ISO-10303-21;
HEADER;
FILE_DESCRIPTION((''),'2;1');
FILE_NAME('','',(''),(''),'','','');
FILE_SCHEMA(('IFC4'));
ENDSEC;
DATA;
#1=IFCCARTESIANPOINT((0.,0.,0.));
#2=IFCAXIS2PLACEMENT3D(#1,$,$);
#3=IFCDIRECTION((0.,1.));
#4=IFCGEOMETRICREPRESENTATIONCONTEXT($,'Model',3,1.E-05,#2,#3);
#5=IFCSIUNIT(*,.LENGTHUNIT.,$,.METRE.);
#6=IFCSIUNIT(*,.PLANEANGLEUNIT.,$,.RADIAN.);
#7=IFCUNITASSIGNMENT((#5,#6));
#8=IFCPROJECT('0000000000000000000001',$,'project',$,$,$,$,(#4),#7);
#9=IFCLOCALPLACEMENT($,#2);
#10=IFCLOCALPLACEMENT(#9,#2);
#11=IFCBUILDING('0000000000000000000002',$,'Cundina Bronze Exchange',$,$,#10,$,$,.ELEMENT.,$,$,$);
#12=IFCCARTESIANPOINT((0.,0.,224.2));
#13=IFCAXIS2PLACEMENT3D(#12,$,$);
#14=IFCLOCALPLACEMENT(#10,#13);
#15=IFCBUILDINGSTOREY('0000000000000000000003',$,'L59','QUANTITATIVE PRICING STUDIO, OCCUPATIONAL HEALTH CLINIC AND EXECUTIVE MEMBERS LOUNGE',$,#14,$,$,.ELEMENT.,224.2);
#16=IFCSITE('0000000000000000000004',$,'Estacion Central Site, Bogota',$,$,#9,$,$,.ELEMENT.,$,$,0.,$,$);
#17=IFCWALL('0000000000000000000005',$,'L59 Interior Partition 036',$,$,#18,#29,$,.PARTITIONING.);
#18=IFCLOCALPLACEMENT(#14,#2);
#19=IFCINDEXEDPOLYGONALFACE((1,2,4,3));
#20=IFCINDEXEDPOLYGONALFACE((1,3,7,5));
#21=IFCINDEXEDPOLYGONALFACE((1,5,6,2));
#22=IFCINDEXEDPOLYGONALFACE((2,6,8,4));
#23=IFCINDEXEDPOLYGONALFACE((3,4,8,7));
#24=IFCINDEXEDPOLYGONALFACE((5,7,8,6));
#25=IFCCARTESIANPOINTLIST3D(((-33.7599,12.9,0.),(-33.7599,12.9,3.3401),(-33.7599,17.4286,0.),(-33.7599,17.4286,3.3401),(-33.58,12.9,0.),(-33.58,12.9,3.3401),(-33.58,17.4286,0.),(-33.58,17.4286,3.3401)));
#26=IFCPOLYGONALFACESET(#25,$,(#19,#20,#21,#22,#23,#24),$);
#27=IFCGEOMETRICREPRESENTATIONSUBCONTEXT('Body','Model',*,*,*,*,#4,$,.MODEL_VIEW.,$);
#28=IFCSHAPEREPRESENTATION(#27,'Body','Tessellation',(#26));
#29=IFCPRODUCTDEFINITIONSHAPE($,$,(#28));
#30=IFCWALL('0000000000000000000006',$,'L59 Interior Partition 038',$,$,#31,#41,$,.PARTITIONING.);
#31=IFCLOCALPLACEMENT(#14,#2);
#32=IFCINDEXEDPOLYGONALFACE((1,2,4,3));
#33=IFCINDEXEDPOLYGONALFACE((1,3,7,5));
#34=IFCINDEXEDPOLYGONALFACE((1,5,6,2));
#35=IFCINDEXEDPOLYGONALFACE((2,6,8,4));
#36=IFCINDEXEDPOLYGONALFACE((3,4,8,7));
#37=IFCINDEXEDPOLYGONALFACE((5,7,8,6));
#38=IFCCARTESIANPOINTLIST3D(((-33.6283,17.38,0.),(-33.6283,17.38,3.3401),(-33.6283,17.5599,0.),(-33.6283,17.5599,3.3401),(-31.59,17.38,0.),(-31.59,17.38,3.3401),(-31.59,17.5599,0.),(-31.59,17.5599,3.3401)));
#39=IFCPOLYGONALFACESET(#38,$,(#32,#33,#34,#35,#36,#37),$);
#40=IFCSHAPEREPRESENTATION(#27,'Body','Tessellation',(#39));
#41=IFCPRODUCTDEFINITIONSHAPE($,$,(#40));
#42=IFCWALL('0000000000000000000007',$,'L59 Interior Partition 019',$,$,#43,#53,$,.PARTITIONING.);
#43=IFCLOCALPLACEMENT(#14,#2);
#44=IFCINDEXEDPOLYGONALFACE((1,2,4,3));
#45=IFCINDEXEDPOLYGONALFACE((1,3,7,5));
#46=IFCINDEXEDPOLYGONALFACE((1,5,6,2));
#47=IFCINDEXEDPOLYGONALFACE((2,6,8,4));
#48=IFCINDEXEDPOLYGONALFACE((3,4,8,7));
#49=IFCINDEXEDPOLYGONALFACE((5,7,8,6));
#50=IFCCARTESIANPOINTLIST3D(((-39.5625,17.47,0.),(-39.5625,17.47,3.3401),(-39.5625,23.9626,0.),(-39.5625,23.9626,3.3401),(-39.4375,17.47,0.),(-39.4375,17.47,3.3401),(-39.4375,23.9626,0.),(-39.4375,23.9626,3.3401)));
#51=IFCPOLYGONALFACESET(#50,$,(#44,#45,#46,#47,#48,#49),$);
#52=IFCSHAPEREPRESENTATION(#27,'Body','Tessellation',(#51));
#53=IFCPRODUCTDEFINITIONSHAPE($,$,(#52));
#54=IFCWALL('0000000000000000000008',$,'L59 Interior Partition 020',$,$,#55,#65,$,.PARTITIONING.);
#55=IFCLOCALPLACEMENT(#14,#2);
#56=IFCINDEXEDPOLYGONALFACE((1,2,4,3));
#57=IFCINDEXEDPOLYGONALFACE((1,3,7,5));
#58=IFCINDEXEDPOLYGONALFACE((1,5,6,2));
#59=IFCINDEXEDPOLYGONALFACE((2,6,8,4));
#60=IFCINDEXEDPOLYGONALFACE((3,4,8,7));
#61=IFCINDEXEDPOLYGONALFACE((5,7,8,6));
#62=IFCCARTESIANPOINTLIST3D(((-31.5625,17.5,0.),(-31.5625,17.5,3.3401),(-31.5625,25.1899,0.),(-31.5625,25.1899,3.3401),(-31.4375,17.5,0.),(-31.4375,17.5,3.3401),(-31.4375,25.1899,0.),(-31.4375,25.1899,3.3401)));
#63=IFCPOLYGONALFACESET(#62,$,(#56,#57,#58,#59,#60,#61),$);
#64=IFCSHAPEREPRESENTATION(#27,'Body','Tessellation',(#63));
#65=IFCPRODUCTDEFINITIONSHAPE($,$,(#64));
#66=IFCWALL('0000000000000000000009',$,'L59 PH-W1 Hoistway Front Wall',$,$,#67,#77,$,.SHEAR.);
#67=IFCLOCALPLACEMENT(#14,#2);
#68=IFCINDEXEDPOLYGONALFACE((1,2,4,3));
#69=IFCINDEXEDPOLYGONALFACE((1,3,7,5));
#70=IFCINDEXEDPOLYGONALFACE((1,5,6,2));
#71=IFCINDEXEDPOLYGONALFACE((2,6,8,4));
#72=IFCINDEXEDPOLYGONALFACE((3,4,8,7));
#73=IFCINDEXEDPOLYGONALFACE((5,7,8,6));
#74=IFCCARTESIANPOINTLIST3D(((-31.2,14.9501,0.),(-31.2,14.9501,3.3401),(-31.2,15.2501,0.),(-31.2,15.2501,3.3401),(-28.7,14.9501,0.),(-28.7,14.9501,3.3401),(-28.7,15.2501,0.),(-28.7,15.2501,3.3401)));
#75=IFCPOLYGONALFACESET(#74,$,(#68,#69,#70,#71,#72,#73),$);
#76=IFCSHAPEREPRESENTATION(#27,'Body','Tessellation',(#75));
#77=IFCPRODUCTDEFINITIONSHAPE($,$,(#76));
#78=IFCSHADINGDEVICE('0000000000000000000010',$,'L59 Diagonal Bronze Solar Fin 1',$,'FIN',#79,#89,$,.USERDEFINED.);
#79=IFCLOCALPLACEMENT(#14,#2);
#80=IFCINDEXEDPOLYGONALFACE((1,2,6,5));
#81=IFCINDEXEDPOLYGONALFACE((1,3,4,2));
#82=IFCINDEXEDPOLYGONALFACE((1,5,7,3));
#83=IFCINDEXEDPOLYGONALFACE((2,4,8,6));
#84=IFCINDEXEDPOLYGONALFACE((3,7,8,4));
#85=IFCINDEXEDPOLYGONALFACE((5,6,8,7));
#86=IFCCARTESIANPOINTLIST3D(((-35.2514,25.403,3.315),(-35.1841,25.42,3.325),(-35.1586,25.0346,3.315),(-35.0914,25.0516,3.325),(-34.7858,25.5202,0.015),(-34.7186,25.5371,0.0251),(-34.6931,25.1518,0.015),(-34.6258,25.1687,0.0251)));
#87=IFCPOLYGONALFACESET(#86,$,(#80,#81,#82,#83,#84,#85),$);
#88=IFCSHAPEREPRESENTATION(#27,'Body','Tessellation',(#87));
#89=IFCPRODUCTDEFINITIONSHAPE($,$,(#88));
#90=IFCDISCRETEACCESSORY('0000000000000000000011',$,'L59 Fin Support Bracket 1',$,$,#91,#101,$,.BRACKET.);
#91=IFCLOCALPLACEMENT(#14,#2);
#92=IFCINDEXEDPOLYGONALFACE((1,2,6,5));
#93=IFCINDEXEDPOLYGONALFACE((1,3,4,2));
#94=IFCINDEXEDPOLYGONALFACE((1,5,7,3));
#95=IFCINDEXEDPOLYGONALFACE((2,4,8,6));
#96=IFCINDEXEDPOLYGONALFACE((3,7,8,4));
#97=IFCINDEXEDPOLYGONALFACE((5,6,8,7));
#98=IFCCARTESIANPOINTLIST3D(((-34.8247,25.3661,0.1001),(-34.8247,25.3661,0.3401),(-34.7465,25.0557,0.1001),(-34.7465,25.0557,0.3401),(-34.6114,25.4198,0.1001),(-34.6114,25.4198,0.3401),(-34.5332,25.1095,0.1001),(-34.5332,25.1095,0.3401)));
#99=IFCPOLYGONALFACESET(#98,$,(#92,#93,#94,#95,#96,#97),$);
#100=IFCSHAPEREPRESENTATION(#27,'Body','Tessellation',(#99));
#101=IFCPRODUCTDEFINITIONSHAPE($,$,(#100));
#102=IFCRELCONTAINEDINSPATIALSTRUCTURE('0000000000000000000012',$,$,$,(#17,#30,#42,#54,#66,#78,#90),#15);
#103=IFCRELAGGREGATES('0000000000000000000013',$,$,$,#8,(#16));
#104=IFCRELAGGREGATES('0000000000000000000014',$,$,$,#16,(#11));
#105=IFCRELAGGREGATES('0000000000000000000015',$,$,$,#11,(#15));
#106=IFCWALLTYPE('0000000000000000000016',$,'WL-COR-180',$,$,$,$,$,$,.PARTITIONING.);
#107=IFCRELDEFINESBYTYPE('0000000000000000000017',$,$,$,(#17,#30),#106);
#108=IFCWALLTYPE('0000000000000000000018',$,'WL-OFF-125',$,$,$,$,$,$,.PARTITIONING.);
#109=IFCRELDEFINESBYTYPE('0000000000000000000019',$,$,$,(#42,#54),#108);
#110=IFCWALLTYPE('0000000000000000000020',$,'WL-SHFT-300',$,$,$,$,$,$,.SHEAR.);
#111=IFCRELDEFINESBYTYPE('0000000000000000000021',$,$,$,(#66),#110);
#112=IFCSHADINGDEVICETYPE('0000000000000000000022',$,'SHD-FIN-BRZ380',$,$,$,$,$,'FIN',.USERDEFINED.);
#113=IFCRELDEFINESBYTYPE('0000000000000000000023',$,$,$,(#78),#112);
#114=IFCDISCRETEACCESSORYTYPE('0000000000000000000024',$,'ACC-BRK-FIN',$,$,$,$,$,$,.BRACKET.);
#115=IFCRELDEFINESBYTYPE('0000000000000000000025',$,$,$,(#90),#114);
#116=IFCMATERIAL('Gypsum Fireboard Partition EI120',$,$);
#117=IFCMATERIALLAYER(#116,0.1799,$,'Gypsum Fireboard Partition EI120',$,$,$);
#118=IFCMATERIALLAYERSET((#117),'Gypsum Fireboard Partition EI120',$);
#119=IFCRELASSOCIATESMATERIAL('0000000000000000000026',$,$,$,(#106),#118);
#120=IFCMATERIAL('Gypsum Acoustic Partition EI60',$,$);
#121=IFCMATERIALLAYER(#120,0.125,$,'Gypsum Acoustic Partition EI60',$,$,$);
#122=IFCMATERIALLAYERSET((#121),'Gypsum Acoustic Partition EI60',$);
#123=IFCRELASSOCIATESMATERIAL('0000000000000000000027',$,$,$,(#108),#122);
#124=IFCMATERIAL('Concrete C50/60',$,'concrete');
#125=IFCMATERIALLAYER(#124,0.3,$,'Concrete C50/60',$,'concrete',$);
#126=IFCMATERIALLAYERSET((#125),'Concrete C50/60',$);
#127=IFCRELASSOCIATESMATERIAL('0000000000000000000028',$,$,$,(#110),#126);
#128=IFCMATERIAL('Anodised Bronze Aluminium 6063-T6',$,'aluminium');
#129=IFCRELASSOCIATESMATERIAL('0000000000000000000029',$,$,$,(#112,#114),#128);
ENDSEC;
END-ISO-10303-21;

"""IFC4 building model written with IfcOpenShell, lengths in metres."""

from ifc_helpers import new_model, si_unit, direction, frame, frame_2d, origin, origin_2d, place, context, subcontext, project, spatial, rectangle, extrude, material, layer, layer_set, material_profile, profile_set, type_object, element, save


model = new_model("IFC4")

# Units and contexts
model_context = context("Model", 3, precision=1e-05, world=origin(), true_north=direction((0.0, 1.0)))
body_context = subcontext(model_context, "Body", "Model", "MODEL_VIEW")
ifc_project = project(units=[si_unit("LENGTHUNIT", "METRE"), si_unit("PLANEANGLEUNIT", "RADIAN")], contexts=[model_context])

# Site, building, storey
site_placement = place(None, origin())
site = spatial("IfcSite", under=ifc_project, at=site_placement, Name="Estacion Central Site, Bogota", CompositionType="ELEMENT", RefElevation=0.0)
building_placement = place(site_placement, origin())
building = spatial("IfcBuilding", under=site, at=building_placement, Name="Cundina Bronze Exchange", CompositionType="ELEMENT")
storey_placement = place(building_placement, frame((0.0, 0.0, 224.2)))
storey = spatial("IfcBuildingStorey", under=building, at=storey_placement, Name="L59", Description="QUANTITATIVE PRICING STUDIO, OCCUPATIONAL HEALTH CLINIC AND EXECUTIVE MEMBERS LOUNGE", CompositionType="ELEMENT", Elevation=224.2)

# Shared definitions
ifc_material_1 = material(Name="Concrete C50/60", Category="concrete")

# Shared definitions
ifc_material_2 = material(Name="Anodised Bronze Aluminium 6063-T6", Category="aluminium")

# Walls
ifc_material_3 = material(Name="Gypsum Fireboard Partition EI120")
ifc_layer_1 = layer(ifc_material_3, 0.1799, Name="Gypsum Fireboard Partition EI120")
ifc_layer_set_1 = layer_set([ifc_layer_1], Name="Gypsum Fireboard Partition EI120")
wall_type_1 = type_object("IfcWallType", Name="WL-COR-180", PredefinedType="PARTITIONING", material=ifc_layer_set_1)
wall_1_placement = place(storey_placement, frame((-33.6699, 17.4285, 0.0), z_axis=(0.0, 0.0, 1.0), x_axis=(0.0, -1.0, 0.0)))
element("IfcWall", 1, at=wall_1_placement, inside=storey, type_object=wall_type_1, Name="L59 Interior Partition 036", PredefinedType="PARTITIONING", context=body_context, shape_type="SweptSolid", body=[
    extrude(rectangle(XDim=4.5286, YDim=0.1799, at=frame_2d((2.2642, 0.0))), origin(), (0.0, 0.0, 1.0), 3.3401),
])
wall_2_placement = place(storey_placement, frame((-31.5901, 17.47, 0.0), z_axis=(0.0, 0.0, 1.0), x_axis=(-1.0, 0.0, 0.0)))
element("IfcWall", 2, at=wall_2_placement, inside=storey, type_object=wall_type_1, Name="L59 Interior Partition 038", PredefinedType="PARTITIONING", context=body_context, shape_type="SweptSolid", body=[
    extrude(rectangle(XDim=2.0383, YDim=0.1799, at=frame_2d((1.019, 0.0))), origin(), (0.0, 0.0, 1.0), 3.3401),
])
ifc_material_4 = material(Name="Gypsum Acoustic Partition EI60")
ifc_layer_2 = layer(ifc_material_4, 0.125, Name="Gypsum Acoustic Partition EI60")
ifc_layer_set_2 = layer_set([ifc_layer_2], Name="Gypsum Acoustic Partition EI60")
wall_type_2 = type_object("IfcWallType", Name="WL-OFF-125", PredefinedType="PARTITIONING", material=ifc_layer_set_2)
wall_3_placement = place(storey_placement, frame((-39.5, 17.47, 0.0), z_axis=(0.0, 0.0, 1.0), x_axis=(0.0, 1.0, 0.0)))
element("IfcWall", 3, at=wall_3_placement, inside=storey, type_object=wall_type_2, Name="L59 Interior Partition 019", PredefinedType="PARTITIONING", context=body_context, shape_type="SweptSolid", body=[
    extrude(rectangle(XDim=6.4927, YDim=0.125, at=frame_2d((3.2463, 0.0))), origin(), (0.0, 0.0, 1.0), 3.3401),
])
wall_4_placement = place(storey_placement, frame((-31.5, 17.5, 0.0), z_axis=(0.0, 0.0, 1.0), x_axis=(0.0, 1.0, 0.0)))
element("IfcWall", 4, at=wall_4_placement, inside=storey, type_object=wall_type_2, Name="L59 Interior Partition 020", PredefinedType="PARTITIONING", context=body_context, shape_type="SweptSolid", body=[
    extrude(rectangle(XDim=7.6899, YDim=0.125, at=frame_2d((3.845, 0.0))), origin(), (0.0, 0.0, 1.0), 3.3401),
])
ifc_layer_3 = layer(ifc_material_1, 0.3, Name="Concrete C50/60", Category="concrete")
ifc_layer_set_3 = layer_set([ifc_layer_3], Name="Concrete C50/60")
wall_type_3 = type_object("IfcWallType", Name="WL-SHFT-300", PredefinedType="SHEAR", material=ifc_layer_set_3)
wall_5_placement = place(storey_placement, frame((-31.2, 15.1001, 0.0), z_axis=(0.0, 0.0, 1.0), x_axis=(1.0, 0.0, 0.0)))
element("IfcWall", 5, at=wall_5_placement, inside=storey, type_object=wall_type_3, Name="L59 PH-W1 Hoistway Front Wall", PredefinedType="SHEAR", context=body_context, shape_type="SweptSolid", body=[
    extrude(rectangle(XDim=2.5, YDim=0.3, at=frame_2d((1.25, 0.0))), origin(), (0.0, 0.0, 1.0), 3.3401),
])

# Shading device
ifc_material_profile_1 = material_profile(ifc_material_2, rectangle(XDim=0.0701, YDim=0.3799, at=origin_2d()), Name="FIN70X380", Category="aluminium")
ifc_profile_set_1 = profile_set([ifc_material_profile_1], Name="Anodised Bronze Aluminium 6063-T6")
shading_device_type = type_object("IfcShadingDeviceType", Name="SHD-FIN-BRZ380", ElementType="FIN", PredefinedType="USERDEFINED", material=ifc_profile_set_1)
shading_device_placement = place(storey_placement, frame((-34.7058, 25.3445, 0.02), z_axis=(-0.139612, -0.035141, 0.989583), x_axis=(0.95965, 0.241548, 0.143967)))
element("IfcShadingDevice", 6, at=shading_device_placement, inside=storey, type_object=shading_device_type, Name="L59 Diagonal Bronze Solar Fin 1", ObjectType="FIN", PredefinedType="USERDEFINED", context=body_context, shape_type="SweptSolid", body=[
    extrude(rectangle(XDim=0.0701, YDim=0.3799, at=origin_2d()), origin(), (0.0, 0.0, 1.0), 3.3347),
])

# Discrete accessory
discrete_accessory_type = type_object("IfcDiscreteAccessoryType", Name="ACC-BRK-FIN", PredefinedType="BRACKET", material=ifc_material_2)
discrete_accessory_placement = place(storey_placement, frame((-34.679, 25.2378, 0.1001), z_axis=(0.0, 0.0, 1.0), x_axis=(-0.969732, -0.244174, 0.0)))
element("IfcDiscreteAccessory", 7, at=discrete_accessory_placement, inside=storey, type_object=discrete_accessory_type, Name="L59 Fin Support Bracket 1", PredefinedType="BRACKET", context=body_context, shape_type="SweptSolid", body=[
    extrude(rectangle(XDim=0.22, YDim=0.3201, at=origin_2d()), origin(), (0.0, 0.0, 1.0), 0.24),
])

save(model, "model.ifc")
